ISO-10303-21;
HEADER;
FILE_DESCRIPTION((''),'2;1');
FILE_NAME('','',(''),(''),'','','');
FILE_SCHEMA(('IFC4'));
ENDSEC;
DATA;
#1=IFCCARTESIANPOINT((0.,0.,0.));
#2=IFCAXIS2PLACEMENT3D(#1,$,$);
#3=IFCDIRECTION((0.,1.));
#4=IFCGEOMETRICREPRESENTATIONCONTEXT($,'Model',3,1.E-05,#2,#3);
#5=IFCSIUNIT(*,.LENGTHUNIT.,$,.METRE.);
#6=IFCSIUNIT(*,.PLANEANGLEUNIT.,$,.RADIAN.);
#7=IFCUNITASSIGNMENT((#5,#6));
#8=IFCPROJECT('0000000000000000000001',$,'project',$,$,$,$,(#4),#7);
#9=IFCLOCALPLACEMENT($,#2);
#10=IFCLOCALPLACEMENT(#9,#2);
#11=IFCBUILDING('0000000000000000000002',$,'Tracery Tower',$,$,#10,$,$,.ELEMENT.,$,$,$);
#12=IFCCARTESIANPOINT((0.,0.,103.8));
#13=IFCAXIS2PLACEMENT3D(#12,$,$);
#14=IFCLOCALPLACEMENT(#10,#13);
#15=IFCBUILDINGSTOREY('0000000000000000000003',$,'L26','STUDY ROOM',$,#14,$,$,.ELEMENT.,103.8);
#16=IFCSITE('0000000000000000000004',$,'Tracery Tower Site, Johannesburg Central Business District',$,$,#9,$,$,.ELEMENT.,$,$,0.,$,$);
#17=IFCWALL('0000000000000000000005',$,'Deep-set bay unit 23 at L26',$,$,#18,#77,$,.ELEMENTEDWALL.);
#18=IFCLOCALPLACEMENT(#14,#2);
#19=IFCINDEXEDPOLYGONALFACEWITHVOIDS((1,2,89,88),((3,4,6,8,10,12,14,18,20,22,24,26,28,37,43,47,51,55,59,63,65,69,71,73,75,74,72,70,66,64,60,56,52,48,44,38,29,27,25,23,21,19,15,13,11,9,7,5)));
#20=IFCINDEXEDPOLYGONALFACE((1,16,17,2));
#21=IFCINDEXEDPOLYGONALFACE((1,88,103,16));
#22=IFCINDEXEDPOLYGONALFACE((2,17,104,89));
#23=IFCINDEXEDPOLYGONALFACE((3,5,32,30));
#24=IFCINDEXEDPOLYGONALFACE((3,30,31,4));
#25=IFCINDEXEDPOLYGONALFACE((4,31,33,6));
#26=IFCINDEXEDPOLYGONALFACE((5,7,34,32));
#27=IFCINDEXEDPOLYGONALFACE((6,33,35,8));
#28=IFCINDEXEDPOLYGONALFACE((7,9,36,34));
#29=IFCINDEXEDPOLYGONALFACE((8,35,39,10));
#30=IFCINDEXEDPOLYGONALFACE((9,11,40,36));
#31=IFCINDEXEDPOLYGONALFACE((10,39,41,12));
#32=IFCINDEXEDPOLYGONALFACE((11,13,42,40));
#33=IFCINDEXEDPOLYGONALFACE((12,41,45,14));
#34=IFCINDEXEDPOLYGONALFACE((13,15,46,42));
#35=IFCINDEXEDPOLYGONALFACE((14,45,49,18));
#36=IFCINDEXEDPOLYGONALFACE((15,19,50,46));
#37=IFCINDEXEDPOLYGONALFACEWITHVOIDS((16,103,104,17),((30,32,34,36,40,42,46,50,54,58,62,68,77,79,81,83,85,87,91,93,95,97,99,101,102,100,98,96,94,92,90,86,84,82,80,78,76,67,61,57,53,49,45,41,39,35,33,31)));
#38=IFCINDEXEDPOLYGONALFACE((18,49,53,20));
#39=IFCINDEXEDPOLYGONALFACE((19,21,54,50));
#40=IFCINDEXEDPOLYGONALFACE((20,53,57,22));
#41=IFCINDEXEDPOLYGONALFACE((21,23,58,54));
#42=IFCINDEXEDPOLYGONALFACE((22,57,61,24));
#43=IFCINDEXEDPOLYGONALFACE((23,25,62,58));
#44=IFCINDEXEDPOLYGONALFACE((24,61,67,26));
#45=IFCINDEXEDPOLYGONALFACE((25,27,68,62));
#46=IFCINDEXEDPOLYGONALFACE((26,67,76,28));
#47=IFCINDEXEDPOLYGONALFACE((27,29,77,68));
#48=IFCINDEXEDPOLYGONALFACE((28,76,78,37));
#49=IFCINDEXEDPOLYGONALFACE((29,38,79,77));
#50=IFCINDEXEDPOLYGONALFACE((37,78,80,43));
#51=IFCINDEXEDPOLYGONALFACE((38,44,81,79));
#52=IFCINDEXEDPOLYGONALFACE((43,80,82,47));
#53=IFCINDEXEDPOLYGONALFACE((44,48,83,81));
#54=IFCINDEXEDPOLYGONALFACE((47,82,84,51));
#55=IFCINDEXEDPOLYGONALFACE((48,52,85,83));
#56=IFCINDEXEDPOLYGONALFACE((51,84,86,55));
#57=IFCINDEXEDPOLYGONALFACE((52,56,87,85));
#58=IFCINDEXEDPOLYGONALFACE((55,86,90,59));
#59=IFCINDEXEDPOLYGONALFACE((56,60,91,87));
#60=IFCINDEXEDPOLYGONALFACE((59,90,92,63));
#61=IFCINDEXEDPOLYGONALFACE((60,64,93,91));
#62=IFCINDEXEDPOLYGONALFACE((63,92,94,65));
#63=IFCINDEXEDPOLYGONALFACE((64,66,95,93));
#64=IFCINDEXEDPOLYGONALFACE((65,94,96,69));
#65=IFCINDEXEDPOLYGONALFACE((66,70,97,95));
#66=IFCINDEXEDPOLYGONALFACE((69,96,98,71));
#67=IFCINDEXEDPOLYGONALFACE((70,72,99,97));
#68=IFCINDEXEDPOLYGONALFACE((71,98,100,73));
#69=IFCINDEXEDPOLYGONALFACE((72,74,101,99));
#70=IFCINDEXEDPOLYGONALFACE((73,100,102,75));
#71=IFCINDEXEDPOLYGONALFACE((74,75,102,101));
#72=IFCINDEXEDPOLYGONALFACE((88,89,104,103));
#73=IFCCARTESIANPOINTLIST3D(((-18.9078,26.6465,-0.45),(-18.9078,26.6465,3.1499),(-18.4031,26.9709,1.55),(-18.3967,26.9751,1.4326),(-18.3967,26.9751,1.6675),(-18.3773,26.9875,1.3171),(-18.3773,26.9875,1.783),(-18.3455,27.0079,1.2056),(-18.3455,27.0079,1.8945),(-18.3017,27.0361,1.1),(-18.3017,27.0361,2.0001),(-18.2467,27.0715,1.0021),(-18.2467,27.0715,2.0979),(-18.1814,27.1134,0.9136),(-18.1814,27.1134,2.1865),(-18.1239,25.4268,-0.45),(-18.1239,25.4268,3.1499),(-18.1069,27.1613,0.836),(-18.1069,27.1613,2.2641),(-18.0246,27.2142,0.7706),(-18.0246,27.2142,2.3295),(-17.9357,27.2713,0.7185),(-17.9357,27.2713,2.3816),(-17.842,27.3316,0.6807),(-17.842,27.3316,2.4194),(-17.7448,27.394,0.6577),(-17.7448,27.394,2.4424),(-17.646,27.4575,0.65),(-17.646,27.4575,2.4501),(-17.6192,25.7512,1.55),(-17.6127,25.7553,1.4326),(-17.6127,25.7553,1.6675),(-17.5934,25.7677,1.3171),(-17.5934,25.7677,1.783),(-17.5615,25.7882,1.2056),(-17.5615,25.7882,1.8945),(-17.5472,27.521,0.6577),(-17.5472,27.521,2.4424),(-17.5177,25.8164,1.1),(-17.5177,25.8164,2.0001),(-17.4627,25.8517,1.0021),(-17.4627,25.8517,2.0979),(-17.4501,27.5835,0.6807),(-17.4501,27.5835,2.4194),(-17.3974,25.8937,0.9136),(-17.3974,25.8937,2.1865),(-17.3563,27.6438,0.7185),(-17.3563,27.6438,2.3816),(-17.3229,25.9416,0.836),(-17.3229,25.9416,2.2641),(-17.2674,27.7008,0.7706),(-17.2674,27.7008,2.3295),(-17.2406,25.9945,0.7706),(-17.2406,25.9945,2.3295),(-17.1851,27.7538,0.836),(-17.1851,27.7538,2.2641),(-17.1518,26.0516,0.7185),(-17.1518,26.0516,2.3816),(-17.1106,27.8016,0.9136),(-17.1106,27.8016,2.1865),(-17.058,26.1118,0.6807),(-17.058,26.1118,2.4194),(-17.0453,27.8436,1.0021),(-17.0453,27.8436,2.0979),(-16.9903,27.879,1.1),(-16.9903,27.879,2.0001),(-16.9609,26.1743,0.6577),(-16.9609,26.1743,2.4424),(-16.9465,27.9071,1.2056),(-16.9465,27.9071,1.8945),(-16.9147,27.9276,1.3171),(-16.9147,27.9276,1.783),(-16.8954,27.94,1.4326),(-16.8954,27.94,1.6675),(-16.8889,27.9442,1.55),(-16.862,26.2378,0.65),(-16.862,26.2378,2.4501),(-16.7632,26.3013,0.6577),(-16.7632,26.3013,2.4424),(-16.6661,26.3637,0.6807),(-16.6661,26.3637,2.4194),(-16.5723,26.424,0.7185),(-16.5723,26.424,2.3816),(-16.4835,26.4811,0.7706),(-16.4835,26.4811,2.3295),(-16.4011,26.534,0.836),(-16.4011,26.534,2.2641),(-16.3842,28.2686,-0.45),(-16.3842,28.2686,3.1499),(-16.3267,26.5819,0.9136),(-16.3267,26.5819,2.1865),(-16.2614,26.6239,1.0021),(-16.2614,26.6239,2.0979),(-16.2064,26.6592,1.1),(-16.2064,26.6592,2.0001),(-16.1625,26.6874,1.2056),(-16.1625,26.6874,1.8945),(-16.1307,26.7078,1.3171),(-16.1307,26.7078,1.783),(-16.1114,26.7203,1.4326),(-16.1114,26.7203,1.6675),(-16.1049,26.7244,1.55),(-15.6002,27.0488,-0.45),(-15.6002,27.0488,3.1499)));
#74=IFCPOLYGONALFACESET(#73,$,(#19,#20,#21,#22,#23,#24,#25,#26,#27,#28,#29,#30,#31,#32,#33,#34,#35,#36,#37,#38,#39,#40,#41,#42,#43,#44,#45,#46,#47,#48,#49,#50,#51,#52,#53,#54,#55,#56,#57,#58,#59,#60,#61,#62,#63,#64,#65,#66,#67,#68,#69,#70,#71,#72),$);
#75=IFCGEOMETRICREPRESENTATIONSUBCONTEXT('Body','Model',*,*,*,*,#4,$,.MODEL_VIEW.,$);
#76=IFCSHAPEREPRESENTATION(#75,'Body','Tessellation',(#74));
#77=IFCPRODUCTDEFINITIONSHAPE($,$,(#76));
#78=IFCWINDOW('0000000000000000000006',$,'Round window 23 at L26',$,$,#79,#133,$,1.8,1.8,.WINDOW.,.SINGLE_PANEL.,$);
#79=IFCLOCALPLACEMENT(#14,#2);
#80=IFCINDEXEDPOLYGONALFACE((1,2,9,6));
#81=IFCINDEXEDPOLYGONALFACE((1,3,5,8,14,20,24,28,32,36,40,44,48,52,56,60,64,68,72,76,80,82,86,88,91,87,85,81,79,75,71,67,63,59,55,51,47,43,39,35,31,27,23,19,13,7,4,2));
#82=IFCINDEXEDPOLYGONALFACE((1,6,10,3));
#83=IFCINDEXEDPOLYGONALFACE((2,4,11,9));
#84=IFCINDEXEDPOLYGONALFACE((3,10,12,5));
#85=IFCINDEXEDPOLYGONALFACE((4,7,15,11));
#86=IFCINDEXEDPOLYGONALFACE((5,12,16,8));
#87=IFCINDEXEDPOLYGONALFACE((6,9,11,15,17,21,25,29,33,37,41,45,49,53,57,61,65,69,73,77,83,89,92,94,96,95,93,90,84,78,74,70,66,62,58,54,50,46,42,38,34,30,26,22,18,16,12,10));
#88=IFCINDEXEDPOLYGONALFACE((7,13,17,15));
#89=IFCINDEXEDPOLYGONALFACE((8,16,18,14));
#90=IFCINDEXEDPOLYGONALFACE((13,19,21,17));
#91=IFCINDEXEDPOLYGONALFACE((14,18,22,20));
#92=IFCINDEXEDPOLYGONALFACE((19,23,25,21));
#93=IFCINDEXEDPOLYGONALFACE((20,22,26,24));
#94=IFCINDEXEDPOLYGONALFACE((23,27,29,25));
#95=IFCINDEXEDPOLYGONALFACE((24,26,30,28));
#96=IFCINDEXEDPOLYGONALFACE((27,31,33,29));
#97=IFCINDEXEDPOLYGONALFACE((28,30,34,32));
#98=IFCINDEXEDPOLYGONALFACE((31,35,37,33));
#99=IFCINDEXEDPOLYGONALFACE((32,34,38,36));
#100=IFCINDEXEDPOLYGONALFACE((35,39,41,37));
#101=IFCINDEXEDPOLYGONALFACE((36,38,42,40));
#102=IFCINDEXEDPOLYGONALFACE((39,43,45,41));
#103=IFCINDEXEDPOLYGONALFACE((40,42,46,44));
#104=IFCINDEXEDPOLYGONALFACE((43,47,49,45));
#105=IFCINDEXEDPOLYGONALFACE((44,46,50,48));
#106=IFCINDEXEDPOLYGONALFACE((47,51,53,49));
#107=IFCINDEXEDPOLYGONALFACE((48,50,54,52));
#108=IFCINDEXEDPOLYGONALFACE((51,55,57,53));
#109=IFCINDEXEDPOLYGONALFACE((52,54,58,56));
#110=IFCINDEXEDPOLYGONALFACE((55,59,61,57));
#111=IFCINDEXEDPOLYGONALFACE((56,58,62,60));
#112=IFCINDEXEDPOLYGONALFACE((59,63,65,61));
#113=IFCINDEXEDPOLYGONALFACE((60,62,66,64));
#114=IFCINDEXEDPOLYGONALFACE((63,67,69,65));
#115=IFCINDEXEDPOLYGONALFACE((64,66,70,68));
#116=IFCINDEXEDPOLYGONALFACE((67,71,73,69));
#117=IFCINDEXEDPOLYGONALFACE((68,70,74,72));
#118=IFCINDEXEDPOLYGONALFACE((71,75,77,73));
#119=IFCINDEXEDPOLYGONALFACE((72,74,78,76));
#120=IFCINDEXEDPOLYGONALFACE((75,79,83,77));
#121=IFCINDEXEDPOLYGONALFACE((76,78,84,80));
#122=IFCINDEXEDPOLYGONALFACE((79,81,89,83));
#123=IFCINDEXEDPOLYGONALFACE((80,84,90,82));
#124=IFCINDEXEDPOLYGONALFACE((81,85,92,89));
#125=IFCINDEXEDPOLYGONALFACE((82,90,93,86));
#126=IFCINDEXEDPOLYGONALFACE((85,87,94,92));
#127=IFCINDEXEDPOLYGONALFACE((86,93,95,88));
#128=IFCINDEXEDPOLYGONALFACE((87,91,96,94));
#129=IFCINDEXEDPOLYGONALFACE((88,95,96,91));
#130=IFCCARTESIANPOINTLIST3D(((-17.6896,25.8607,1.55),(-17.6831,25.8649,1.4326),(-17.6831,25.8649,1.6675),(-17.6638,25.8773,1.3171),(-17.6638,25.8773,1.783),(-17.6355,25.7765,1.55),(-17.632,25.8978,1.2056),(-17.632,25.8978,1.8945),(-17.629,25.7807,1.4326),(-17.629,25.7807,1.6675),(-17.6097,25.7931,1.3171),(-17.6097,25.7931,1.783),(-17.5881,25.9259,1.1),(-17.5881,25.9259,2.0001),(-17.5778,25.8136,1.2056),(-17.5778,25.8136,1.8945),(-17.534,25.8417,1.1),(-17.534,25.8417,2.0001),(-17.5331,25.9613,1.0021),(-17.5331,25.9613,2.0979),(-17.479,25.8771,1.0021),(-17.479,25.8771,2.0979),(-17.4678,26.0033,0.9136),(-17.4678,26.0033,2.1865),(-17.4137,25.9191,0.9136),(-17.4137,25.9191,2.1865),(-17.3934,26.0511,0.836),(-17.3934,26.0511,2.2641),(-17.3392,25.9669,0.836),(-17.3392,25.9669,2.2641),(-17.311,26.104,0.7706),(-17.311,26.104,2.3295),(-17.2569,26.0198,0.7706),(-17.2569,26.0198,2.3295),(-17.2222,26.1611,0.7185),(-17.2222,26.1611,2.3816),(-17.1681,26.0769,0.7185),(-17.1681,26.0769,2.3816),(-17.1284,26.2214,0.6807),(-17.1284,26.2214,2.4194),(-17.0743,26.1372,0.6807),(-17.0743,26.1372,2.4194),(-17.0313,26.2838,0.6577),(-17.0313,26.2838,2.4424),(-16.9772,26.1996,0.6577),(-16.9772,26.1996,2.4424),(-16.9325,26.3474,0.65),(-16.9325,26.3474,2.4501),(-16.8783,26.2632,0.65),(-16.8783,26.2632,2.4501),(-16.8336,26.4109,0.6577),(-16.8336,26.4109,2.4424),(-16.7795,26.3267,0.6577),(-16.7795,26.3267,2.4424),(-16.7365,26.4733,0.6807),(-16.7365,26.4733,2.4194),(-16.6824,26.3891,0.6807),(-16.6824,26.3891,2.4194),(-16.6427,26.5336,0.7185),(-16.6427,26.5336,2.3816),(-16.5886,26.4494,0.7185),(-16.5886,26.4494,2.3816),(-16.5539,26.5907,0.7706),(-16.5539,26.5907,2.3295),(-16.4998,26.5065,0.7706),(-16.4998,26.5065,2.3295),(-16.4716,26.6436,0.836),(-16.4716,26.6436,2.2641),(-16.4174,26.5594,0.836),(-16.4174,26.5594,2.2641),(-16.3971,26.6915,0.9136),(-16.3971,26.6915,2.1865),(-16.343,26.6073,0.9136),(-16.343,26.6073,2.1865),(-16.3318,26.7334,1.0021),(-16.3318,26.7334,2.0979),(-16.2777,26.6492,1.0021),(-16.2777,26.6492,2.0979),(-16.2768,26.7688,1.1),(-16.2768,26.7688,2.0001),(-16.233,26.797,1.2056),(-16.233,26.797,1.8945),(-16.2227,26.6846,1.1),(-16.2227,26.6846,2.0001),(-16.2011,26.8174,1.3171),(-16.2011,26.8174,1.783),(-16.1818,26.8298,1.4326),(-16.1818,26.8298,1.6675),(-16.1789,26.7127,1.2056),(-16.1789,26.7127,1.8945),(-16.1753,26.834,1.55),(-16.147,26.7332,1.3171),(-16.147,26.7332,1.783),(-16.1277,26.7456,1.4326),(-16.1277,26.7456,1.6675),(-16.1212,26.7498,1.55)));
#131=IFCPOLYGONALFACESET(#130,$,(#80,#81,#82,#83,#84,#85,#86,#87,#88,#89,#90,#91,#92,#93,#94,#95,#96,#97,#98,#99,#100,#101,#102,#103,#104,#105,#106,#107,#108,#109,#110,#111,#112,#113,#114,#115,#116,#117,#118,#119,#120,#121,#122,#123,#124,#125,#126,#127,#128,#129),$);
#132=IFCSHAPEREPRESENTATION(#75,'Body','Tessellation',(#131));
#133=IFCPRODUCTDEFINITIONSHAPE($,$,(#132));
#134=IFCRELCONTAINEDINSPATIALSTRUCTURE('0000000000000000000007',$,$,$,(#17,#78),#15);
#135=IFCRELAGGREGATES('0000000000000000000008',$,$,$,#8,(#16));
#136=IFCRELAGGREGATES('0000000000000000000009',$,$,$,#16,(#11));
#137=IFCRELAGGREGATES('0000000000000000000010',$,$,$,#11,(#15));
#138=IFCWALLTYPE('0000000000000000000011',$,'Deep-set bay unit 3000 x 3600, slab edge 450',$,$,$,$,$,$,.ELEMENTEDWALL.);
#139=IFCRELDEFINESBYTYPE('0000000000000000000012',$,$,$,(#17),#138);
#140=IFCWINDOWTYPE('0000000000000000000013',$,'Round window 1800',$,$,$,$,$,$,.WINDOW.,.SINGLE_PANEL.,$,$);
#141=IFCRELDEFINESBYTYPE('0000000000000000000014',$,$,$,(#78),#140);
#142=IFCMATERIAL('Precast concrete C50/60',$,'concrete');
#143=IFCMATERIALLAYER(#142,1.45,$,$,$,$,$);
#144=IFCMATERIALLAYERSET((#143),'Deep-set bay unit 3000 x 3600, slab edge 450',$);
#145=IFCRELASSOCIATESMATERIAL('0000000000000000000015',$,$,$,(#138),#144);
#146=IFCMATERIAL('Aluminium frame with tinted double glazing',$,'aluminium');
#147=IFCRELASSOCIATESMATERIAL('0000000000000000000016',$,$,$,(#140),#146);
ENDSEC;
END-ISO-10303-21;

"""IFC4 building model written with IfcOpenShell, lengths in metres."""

from ifc_helpers import new_model, si_unit, direction, frame, frame_2d, origin, origin_2d, place, context, subcontext, project, spatial, rectangle, circle, extrude, material, layer, layer_set, type_object, element, fill, save


model = new_model("IFC4")

# Units and contexts
model_context = context("Model", 3, precision=1e-05, world=origin(), true_north=direction((0.0, 1.0)))
body_context = subcontext(model_context, "Body", "Model", "MODEL_VIEW")
ifc_project = project(units=[si_unit("LENGTHUNIT", "METRE"), si_unit("PLANEANGLEUNIT", "RADIAN")], contexts=[model_context])

# Site, building, storey
site_placement = place(None, origin())
site = spatial("IfcSite", under=ifc_project, at=site_placement, Name="Tracery Tower Site, Johannesburg Central Business District", CompositionType="ELEMENT", RefElevation=0.0)
building_placement = place(site_placement, origin())
building = spatial("IfcBuilding", under=site, at=building_placement, Name="Tracery Tower", CompositionType="ELEMENT")
storey_placement = place(building_placement, frame((0.0, 0.0, 103.8)))
storey = spatial("IfcBuildingStorey", under=building, at=storey_placement, Name="L26", Description="STUDY ROOM", CompositionType="ELEMENT", Elevation=103.8)

# Wall, opening, window
ifc_material_1 = material(Name="Precast concrete C50/60", Category="concrete")
ifc_layer_1 = layer(ifc_material_1, 1.45)
ifc_layer_set_1 = layer_set([ifc_layer_1], Name="Deep-set bay unit 3000 x 3600, slab edge 450")
wall_type_1 = type_object("IfcWallType", Name="Deep-set bay unit 3000 x 3600, slab edge 450", PredefinedType="ELEMENTEDWALL", material=ifc_layer_set_1)
wall_1_placement = place(storey_placement, frame((-15.9922, 27.6587, -0.45), z_axis=(0.0, 0.0, 1.0), x_axis=(-0.841223, -0.540688, 0.0)))
wall_1 = element("IfcWall", 1, at=wall_1_placement, inside=storey, type_object=wall_type_1, Name="Deep-set bay unit 23 at L26", PredefinedType="ELEMENTEDWALL", context=body_context, shape_type="SweptSolid", body=[
    extrude(rectangle(XDim=3.0, YDim=1.45, at=frame_2d((1.5, 0.0))), origin(), (0.0, 0.0, 1.0), 3.5999),
])
opening_1_placement = place(wall_1_placement, frame((1.5, 0.0, 2.0)))
opening_1 = element("IfcOpeningElement", 2, at=opening_1_placement, cuts=wall_1, PredefinedType="OPENING", context=body_context, shape_type="SweptSolid", body=[
    extrude(circle(Radius=0.9, at=origin_2d()), frame((0.0, 0.7349, 0.0), z_axis=(0.0, -1.0, 0.0), x_axis=(1.0, 0.0, 0.0)), (0.0, 0.0, 1.0), 1.47),
])
ifc_material_2 = material(Name="Aluminium frame with tinted double glazing", Category="aluminium")
window_type = type_object("IfcWindowType", Name="Round window 1800", PartitioningType="SINGLE_PANEL", PredefinedType="WINDOW", material=ifc_material_2)
window_1_placement = place(opening_1_placement, origin())
window_1 = element("IfcWindow", 3, at=window_1_placement, inside=storey, type_object=window_type, Name="Round window 23 at L26", OverallHeight=1.8, OverallWidth=1.8, PartitioningType="SINGLE_PANEL", PredefinedType="WINDOW", context=body_context, shape_type="SweptSolid", body=[
    extrude(circle(Radius=0.9, at=origin_2d()), frame((0.0, 0.6948, 0.0), z_axis=(0.0, -1.0, 0.0), x_axis=(1.0, 0.0, 0.0)), (0.0, 0.0, 1.0), 0.1001),
])
fill(opening_1, window_1)

save(model, "model.ifc")
